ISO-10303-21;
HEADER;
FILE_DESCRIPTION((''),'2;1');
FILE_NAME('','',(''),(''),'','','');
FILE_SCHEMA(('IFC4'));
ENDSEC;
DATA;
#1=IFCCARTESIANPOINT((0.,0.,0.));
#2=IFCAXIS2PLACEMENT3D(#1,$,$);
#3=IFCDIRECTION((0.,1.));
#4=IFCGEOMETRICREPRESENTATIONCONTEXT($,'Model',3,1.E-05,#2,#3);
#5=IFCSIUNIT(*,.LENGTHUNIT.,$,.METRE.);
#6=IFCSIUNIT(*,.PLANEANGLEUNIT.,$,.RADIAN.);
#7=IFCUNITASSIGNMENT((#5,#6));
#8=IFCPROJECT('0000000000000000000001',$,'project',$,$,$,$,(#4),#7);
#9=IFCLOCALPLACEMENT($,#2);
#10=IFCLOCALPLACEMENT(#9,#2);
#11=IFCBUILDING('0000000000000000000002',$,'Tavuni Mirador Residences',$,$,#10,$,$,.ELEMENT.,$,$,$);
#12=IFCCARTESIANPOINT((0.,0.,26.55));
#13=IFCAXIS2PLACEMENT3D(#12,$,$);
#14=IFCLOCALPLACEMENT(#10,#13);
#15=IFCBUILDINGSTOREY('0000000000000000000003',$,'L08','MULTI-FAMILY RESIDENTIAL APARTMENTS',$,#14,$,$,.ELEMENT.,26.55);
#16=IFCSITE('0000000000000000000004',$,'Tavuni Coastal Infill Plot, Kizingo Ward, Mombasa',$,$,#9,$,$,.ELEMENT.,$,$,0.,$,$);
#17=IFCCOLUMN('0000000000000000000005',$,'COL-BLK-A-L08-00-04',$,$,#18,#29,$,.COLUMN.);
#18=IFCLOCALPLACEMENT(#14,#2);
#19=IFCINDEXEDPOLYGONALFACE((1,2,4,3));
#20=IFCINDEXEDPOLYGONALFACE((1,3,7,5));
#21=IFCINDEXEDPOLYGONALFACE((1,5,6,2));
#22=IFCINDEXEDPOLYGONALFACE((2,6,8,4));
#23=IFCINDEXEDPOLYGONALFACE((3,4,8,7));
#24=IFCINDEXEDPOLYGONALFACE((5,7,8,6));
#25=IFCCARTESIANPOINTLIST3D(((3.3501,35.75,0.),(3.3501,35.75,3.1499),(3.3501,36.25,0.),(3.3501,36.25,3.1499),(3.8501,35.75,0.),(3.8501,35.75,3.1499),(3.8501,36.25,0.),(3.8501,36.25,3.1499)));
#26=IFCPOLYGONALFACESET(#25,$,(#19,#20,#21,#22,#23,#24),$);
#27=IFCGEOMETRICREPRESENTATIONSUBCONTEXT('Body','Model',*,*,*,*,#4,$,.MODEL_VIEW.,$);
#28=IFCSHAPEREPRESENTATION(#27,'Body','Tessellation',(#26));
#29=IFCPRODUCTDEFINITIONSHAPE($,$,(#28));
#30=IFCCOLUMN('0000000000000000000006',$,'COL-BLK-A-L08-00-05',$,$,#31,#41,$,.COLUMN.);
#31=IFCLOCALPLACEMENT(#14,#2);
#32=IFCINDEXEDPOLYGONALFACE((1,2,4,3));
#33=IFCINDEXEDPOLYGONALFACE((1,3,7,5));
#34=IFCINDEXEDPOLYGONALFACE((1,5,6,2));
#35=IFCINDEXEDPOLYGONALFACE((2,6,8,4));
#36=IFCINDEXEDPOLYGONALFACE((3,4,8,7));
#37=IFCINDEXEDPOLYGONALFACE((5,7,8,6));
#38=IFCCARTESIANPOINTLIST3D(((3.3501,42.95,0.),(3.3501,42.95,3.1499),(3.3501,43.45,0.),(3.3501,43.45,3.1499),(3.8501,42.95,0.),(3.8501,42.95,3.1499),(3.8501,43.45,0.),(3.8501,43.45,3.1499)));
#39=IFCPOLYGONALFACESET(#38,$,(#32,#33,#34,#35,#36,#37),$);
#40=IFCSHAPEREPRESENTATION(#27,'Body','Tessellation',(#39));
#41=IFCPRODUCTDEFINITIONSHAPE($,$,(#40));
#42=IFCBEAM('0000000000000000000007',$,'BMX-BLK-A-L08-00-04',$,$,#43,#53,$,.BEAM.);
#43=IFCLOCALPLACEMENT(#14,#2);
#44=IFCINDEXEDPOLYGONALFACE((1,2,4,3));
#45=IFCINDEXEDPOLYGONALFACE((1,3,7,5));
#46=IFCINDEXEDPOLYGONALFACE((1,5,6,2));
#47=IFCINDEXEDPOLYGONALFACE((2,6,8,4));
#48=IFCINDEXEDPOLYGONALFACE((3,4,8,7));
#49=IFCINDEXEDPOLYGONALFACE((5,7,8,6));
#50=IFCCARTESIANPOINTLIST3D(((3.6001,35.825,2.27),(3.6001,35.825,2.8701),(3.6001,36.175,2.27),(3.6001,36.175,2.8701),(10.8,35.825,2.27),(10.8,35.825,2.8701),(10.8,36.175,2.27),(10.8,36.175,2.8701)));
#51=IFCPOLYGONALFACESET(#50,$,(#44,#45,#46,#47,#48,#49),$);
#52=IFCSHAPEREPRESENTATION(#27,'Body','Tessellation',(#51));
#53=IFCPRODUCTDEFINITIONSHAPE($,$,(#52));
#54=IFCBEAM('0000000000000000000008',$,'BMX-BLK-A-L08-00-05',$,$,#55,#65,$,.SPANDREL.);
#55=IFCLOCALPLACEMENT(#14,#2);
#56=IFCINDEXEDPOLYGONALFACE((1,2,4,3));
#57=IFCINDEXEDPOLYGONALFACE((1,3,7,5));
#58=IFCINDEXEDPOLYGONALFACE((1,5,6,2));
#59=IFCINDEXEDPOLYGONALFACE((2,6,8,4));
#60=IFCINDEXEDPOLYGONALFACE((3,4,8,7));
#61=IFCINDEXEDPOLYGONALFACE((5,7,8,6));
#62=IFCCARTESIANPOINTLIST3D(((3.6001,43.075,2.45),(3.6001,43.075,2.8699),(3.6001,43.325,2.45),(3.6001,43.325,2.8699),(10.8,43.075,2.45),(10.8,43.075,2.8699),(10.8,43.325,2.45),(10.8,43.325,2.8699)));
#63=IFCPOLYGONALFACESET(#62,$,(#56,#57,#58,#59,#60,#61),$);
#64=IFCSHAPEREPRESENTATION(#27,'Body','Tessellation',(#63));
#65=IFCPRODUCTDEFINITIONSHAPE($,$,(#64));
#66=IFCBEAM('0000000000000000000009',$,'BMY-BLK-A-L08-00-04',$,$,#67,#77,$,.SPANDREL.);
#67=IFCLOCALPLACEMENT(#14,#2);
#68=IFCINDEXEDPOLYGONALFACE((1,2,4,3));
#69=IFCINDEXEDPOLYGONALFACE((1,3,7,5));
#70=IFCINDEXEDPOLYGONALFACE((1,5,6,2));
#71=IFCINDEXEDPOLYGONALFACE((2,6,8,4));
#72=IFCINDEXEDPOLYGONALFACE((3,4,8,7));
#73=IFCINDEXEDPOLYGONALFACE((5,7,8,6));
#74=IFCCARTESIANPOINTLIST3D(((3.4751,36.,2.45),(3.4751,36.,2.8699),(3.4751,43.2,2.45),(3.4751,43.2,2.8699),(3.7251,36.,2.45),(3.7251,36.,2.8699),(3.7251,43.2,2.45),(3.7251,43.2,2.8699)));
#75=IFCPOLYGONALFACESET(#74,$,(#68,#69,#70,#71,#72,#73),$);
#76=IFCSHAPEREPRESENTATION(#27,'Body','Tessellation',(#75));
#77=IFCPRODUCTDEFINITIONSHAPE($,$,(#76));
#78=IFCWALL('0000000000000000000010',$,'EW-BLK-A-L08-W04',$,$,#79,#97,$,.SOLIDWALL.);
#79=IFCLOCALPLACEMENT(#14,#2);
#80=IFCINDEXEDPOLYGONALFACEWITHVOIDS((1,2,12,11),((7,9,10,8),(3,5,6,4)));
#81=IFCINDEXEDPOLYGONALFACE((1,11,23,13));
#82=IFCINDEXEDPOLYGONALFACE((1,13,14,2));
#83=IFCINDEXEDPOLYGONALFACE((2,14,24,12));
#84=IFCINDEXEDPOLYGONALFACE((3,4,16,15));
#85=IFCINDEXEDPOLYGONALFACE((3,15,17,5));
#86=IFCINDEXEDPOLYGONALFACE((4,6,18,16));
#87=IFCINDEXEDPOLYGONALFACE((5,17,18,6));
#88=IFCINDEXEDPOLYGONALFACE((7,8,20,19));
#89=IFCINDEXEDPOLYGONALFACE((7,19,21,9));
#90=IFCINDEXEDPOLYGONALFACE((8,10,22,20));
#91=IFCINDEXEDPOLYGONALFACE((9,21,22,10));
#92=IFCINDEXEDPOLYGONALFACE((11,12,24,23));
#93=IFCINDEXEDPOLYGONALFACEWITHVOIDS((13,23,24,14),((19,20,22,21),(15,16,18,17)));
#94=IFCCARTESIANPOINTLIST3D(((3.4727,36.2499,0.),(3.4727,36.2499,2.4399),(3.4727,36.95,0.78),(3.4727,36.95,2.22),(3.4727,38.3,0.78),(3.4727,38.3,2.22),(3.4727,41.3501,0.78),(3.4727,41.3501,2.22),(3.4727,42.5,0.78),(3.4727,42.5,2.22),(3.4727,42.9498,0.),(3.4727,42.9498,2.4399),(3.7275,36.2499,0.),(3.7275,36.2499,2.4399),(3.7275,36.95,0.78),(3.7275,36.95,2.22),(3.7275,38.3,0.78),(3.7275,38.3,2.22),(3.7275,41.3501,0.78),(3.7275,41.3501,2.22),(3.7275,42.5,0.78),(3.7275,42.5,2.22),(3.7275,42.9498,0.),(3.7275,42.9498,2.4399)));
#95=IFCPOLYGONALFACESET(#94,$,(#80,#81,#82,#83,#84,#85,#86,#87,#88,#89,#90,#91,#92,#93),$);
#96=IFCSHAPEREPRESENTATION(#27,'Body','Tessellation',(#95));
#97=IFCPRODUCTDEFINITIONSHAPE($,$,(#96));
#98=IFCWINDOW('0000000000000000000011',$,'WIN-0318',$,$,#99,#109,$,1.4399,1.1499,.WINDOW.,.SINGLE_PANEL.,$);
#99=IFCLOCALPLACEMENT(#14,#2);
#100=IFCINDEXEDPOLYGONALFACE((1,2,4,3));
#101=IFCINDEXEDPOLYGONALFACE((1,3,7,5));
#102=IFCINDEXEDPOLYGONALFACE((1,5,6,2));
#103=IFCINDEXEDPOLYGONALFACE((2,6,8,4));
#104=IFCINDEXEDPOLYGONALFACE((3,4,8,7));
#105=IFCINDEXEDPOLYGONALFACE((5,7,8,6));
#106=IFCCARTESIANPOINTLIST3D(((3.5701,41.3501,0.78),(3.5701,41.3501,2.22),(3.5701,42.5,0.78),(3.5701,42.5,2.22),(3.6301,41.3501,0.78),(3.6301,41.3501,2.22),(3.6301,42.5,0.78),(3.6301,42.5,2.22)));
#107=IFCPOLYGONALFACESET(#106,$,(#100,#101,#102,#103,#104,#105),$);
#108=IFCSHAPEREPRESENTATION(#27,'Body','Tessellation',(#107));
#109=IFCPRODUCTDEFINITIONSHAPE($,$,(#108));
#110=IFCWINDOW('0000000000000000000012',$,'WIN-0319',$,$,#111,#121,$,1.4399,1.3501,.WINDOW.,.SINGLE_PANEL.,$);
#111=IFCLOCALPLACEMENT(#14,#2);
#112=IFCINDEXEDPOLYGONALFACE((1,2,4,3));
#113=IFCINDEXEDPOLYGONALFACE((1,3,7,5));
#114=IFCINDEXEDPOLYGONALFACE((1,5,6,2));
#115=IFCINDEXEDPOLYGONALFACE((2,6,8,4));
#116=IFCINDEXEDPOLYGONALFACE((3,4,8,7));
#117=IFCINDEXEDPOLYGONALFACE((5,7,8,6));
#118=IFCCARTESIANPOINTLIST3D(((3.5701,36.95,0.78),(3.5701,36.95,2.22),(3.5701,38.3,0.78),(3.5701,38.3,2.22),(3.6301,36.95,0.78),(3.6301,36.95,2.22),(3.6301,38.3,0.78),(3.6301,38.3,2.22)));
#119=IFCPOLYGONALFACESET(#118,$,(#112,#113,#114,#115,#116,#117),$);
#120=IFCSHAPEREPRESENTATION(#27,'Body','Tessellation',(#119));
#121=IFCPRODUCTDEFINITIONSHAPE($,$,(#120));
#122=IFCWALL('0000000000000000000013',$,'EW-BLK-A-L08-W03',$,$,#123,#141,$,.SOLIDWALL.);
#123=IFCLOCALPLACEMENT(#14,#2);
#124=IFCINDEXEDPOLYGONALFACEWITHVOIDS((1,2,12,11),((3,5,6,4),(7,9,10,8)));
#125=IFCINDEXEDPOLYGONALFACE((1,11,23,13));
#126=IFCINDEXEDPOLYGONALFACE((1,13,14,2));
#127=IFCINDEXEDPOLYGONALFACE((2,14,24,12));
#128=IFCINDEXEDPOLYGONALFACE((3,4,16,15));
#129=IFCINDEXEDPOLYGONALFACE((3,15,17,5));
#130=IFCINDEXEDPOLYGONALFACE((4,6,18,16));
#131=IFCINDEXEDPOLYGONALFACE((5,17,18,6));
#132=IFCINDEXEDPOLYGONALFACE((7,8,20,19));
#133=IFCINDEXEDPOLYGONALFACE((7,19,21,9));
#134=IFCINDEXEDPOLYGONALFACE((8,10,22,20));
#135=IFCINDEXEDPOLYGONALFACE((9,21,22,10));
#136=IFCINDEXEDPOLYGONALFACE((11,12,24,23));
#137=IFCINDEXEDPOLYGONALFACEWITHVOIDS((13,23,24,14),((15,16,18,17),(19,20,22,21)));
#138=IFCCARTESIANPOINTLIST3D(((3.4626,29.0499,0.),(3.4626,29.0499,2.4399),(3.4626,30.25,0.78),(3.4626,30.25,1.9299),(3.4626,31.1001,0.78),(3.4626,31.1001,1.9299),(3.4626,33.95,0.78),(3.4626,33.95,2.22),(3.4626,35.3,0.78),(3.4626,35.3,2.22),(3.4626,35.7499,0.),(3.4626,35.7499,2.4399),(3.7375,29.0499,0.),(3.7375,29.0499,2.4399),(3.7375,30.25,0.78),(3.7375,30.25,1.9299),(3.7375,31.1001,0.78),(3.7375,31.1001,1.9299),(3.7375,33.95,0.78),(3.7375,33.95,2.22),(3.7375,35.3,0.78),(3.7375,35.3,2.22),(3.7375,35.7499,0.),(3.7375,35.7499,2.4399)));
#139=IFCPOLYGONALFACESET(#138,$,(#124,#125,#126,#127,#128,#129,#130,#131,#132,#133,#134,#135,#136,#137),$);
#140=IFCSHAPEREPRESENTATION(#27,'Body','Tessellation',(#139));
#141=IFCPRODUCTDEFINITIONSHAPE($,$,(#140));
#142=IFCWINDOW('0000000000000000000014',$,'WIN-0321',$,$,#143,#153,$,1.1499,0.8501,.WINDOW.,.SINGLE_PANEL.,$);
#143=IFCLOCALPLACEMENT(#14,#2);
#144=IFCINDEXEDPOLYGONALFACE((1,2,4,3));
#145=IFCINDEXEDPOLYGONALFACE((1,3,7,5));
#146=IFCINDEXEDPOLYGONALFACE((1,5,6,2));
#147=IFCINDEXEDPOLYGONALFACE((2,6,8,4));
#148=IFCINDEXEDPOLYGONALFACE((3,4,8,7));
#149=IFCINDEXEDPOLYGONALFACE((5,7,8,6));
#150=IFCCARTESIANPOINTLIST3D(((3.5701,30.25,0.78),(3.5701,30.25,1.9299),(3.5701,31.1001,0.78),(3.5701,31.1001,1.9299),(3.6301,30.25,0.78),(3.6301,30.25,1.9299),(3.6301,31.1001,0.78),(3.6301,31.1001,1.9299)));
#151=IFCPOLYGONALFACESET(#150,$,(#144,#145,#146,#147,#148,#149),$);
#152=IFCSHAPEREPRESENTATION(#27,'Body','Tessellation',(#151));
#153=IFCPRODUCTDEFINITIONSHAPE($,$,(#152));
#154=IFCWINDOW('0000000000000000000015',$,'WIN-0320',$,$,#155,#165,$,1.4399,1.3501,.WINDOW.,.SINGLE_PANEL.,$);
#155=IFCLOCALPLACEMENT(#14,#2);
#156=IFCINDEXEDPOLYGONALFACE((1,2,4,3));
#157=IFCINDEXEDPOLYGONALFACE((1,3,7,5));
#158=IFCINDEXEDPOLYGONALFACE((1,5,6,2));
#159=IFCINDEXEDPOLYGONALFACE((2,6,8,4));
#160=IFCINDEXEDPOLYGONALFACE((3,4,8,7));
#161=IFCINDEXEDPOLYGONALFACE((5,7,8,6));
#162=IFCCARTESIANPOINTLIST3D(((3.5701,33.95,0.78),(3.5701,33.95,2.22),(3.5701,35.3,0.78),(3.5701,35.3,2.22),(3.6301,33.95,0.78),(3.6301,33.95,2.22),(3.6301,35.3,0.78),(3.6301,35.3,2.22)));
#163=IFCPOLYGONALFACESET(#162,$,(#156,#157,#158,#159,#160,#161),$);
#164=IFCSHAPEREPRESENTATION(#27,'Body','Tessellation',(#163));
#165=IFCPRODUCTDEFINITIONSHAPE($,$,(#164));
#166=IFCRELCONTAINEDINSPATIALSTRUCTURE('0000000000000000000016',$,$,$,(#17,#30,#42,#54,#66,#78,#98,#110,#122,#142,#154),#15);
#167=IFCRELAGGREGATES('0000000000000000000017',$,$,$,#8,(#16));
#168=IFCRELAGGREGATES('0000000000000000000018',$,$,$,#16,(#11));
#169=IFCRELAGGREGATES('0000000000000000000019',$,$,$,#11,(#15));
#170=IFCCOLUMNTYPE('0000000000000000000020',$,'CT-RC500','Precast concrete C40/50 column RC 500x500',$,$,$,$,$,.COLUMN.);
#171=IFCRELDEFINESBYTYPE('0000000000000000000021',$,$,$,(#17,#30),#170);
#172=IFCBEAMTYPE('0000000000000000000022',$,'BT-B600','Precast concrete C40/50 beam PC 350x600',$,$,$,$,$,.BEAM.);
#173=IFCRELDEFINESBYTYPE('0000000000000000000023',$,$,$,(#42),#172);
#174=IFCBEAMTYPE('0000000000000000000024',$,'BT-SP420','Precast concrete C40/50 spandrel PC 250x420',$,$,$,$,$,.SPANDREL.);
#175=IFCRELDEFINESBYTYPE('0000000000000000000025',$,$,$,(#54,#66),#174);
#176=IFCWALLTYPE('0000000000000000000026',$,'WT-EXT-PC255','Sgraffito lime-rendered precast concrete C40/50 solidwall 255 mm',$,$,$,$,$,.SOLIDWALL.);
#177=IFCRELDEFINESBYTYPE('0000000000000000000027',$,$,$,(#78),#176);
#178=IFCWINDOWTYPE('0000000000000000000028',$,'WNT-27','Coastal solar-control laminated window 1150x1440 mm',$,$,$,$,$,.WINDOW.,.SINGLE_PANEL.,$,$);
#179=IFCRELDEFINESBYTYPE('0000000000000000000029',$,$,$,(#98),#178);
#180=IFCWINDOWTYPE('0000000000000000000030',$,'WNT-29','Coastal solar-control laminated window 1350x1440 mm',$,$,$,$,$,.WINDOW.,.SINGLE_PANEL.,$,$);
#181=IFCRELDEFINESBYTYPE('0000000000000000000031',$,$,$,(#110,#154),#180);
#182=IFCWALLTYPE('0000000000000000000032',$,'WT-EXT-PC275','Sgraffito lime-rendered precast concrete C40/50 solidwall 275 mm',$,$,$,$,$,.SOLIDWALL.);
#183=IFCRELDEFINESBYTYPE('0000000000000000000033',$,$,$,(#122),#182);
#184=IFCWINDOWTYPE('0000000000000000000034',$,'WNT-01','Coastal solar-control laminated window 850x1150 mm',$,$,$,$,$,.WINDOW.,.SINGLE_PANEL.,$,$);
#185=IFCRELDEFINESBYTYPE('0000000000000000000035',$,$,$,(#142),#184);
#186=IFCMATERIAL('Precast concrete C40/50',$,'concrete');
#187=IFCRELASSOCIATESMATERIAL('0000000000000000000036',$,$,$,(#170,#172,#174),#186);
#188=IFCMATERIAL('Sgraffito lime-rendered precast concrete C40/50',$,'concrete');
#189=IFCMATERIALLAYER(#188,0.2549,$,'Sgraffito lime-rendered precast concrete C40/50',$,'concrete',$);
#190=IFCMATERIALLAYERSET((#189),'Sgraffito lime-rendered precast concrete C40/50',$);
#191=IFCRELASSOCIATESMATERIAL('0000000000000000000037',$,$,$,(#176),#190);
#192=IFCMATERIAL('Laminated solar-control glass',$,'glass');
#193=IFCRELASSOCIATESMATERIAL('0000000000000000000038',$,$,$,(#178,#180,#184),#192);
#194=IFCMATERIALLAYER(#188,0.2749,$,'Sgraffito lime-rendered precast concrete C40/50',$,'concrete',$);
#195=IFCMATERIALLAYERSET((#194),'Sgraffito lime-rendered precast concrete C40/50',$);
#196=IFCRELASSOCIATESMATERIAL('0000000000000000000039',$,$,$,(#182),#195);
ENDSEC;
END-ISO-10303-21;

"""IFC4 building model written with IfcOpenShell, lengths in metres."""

from ifc_helpers import new_model, si_unit, direction, frame, frame_2d, origin, origin_2d, place, context, subcontext, project, spatial, rectangle, extrude, material, layer, layer_set, material_profile, profile_set, type_object, element, fill, save


model = new_model("IFC4")

# Units and contexts
model_context = context("Model", 3, precision=1e-05, world=origin(), true_north=direction((0.0, 1.0)))
body_context = subcontext(model_context, "Body", "Model", "MODEL_VIEW")
ifc_project = project(units=[si_unit("LENGTHUNIT", "METRE"), si_unit("PLANEANGLEUNIT", "RADIAN")], contexts=[model_context])

# Site, building, storey
site_placement = place(None, origin())
site = spatial("IfcSite", under=ifc_project, at=site_placement, Name="Tavuni Coastal Infill Plot, Kizingo Ward, Mombasa", CompositionType="ELEMENT", RefElevation=0.0)
building_placement = place(site_placement, origin())
building = spatial("IfcBuilding", under=site, at=building_placement, Name="Tavuni Mirador Residences", CompositionType="ELEMENT")
storey_placement = place(building_placement, frame((0.0, 0.0, 26.55)))
storey = spatial("IfcBuildingStorey", under=building, at=storey_placement, Name="L08", Description="MULTI-FAMILY RESIDENTIAL APARTMENTS", CompositionType="ELEMENT", Elevation=26.55)

# Columns
ifc_material_1 = material(Name="Precast concrete C40/50", Category="concrete")
ifc_material_profile_1 = material_profile(ifc_material_1, rectangle(XDim=0.5, YDim=0.5, at=origin_2d()), Name="RC 500x500", Category="concrete")
ifc_profile_set_1 = profile_set([ifc_material_profile_1], Name="Precast concrete C40/50")
column_type = type_object("IfcColumnType", Name="CT-RC500", Description="Precast concrete C40/50 column RC 500x500", PredefinedType="COLUMN", material=ifc_profile_set_1)
for number, where, z_axis, x_axis, name in (
    (1, (3.6001, 36.0, 0.0), (0.0, 0.0, 1.0), (1.0, 0.0, 0.0), "COL-BLK-A-L08-00-04"),
    (2, (3.6001, 43.2, 0.0), (0.0, 0.0, 1.0), (1.0, 0.0, 0.0), "COL-BLK-A-L08-00-05"),
):
    element("IfcColumn", number, at=place(storey_placement, frame(where, z_axis=z_axis, x_axis=x_axis)), inside=storey, type_object=column_type, Name=name, PredefinedType="COLUMN", context=body_context, shape_type="SweptSolid", body=[
        extrude(rectangle(XDim=0.5, YDim=0.5, at=origin_2d()), origin(), (0.0, 0.0, 1.0), 3.1499),
    ])

# Beams
ifc_material_profile_2 = material_profile(ifc_material_1, rectangle(XDim=0.3501, YDim=0.6001, at=origin_2d()), Name="PC 350x600", Category="concrete")
ifc_profile_set_2 = profile_set([ifc_material_profile_2], Name="Precast concrete C40/50")
beam_type_1 = type_object("IfcBeamType", Name="BT-B600", Description="Precast concrete C40/50 beam PC 350x600", PredefinedType="BEAM", material=ifc_profile_set_2)
beam_placement = place(storey_placement, frame((3.6001, 36.0, 2.5701), z_axis=(1.0, 0.0, 0.0), x_axis=(0.0, 1.0, 0.0)))
element("IfcBeam", 3, at=beam_placement, inside=storey, type_object=beam_type_1, Name="BMX-BLK-A-L08-00-04", PredefinedType="BEAM", context=body_context, shape_type="SweptSolid", body=[
    extrude(rectangle(XDim=0.3501, YDim=0.6001, at=origin_2d()), origin(), (0.0, 0.0, 1.0), 7.2),
])
ifc_material_profile_3 = material_profile(ifc_material_1, rectangle(XDim=0.25, YDim=0.4199, at=origin_2d()), Name="PC 250x420", Category="concrete")
ifc_profile_set_3 = profile_set([ifc_material_profile_3], Name="Precast concrete C40/50")
beam_type_2 = type_object("IfcBeamType", Name="BT-SP420", Description="Precast concrete C40/50 spandrel PC 250x420", PredefinedType="SPANDREL", material=ifc_profile_set_3)
for number, where, z_axis, x_axis, name in (
    (4, (3.6001, 43.2, 2.6599), (1.0, 0.0, 0.0), (0.0, 1.0, 0.0), "BMX-BLK-A-L08-00-05"),
    (5, (3.6001, 36.0, 2.6599), (0.0, 1.0, 0.0), (-1.0, 0.0, 0.0), "BMY-BLK-A-L08-00-04"),
):
    element("IfcBeam", number, at=place(storey_placement, frame(where, z_axis=z_axis, x_axis=x_axis)), inside=storey, type_object=beam_type_2, Name=name, PredefinedType="SPANDREL", context=body_context, shape_type="SweptSolid", body=[
        extrude(rectangle(XDim=0.25, YDim=0.4199, at=origin_2d()), origin(), (0.0, 0.0, 1.0), 7.2),
    ])

# Walls, openings, windows
ifc_material_2 = material(Name="Sgraffito lime-rendered precast concrete C40/50", Category="concrete")
ifc_layer_1 = layer(ifc_material_2, 0.2549, Name="Sgraffito lime-rendered precast concrete C40/50", Category="concrete")
ifc_layer_set_1 = layer_set([ifc_layer_1], Name="Sgraffito lime-rendered precast concrete C40/50")
wall_type_1 = type_object("IfcWallType", Name="WT-EXT-PC255", Description="Sgraffito lime-rendered precast concrete C40/50 solidwall 255 mm", PredefinedType="SOLIDWALL", material=ifc_layer_set_1)
wall_1_placement = place(storey_placement, frame((3.6001, 42.95, 0.0), z_axis=(0.0, 0.0, 1.0), x_axis=(0.0, -1.0, 0.0)))
wall_1 = element("IfcWall", 6, at=wall_1_placement, inside=storey, type_object=wall_type_1, Name="EW-BLK-A-L08-W04", PredefinedType="SOLIDWALL", context=body_context, shape_type="SweptSolid", body=[
    extrude(rectangle(XDim=6.7, YDim=0.2549, at=frame_2d((3.3501, 0.0))), origin(), (0.0, 0.0, 1.0), 2.4399),
])
opening_1_placement = place(wall_1_placement, frame((0.45, 0.0, 0.78)))
opening_1 = element("IfcOpeningElement", 7, at=opening_1_placement, cuts=wall_1, PredefinedType="OPENING", context=body_context, shape_type="SweptSolid", body=[
    extrude(rectangle(XDim=1.1499, YDim=1.4399, at=frame_2d((0.575, 0.72))), frame((0.0, 0.1375, 0.0), z_axis=(0.0, -1.0, 0.0), x_axis=(1.0, 0.0, 0.0)), (0.0, 0.0, 1.0), 0.2749),
])
opening_2_placement = place(wall_1_placement, frame((4.6499, 0.0, 0.78)))
opening_2 = element("IfcOpeningElement", 8, at=opening_2_placement, cuts=wall_1, PredefinedType="OPENING", context=body_context, shape_type="SweptSolid", body=[
    extrude(rectangle(XDim=1.3501, YDim=1.4399, at=frame_2d((0.675, 0.72))), frame((0.0, 0.1375, 0.0), z_axis=(0.0, -1.0, 0.0), x_axis=(1.0, 0.0, 0.0)), (0.0, 0.0, 1.0), 0.2749),
])
ifc_material_3 = material(Name="Laminated solar-control glass", Category="glass")
window_type_1 = type_object("IfcWindowType", Name="WNT-27", Description="Coastal solar-control laminated window 1150x1440 mm", PartitioningType="SINGLE_PANEL", PredefinedType="WINDOW", material=ifc_material_3)
window_1_placement = place(opening_1_placement, origin())
window_1 = element("IfcWindow", 9, at=window_1_placement, inside=storey, type_object=window_type_1, Name="WIN-0318", OverallHeight=1.4399, OverallWidth=1.1499, PartitioningType="SINGLE_PANEL", PredefinedType="WINDOW", context=body_context, shape_type="SweptSolid", body=[
    extrude(rectangle(XDim=1.1499, YDim=1.4399, at=frame_2d((0.575, 0.72))), frame((0.0, 0.03, 0.0), z_axis=(0.0, -1.0, 0.0), x_axis=(1.0, 0.0, 0.0)), (0.0, 0.0, 1.0), 0.0601),
])
fill(opening_1, window_1)
window_type_2 = type_object("IfcWindowType", Name="WNT-29", Description="Coastal solar-control laminated window 1350x1440 mm", PartitioningType="SINGLE_PANEL", PredefinedType="WINDOW", material=ifc_material_3)
window_2_placement = place(opening_2_placement, origin())
window_2 = element("IfcWindow", 10, at=window_2_placement, inside=storey, type_object=window_type_2, Name="WIN-0319", OverallHeight=1.4399, OverallWidth=1.3501, PartitioningType="SINGLE_PANEL", PredefinedType="WINDOW", context=body_context, shape_type="SweptSolid", body=[
    extrude(rectangle(XDim=1.3501, YDim=1.4399, at=frame_2d((0.675, 0.72))), frame((0.0, 0.03, 0.0), z_axis=(0.0, -1.0, 0.0), x_axis=(1.0, 0.0, 0.0)), (0.0, 0.0, 1.0), 0.0601),
])
fill(opening_2, window_2)
ifc_layer_2 = layer(ifc_material_2, 0.2749, Name="Sgraffito lime-rendered precast concrete C40/50", Category="concrete")
ifc_layer_set_2 = layer_set([ifc_layer_2], Name="Sgraffito lime-rendered precast concrete C40/50")
wall_type_2 = type_object("IfcWallType", Name="WT-EXT-PC275", Description="Sgraffito lime-rendered precast concrete C40/50 solidwall 275 mm", PredefinedType="SOLIDWALL", material=ifc_layer_set_2)
wall_2_placement = place(storey_placement, frame((3.6001, 35.75, 0.0), z_axis=(0.0, 0.0, 1.0), x_axis=(0.0, -1.0, 0.0)))
wall_2 = element("IfcWall", 11, at=wall_2_placement, inside=storey, type_object=wall_type_2, Name="EW-BLK-A-L08-W03", PredefinedType="SOLIDWALL", context=body_context, shape_type="SweptSolid", body=[
    extrude(rectangle(XDim=6.7, YDim=0.2749, at=frame_2d((3.3501, 0.0))), origin(), (0.0, 0.0, 1.0), 2.4399),
])
opening_3_placement = place(wall_2_placement, frame((0.45, 0.0, 0.78)))
opening_3 = element("IfcOpeningElement", 12, at=opening_3_placement, cuts=wall_2, PredefinedType="OPENING", context=body_context, shape_type="SweptSolid", body=[
    extrude(rectangle(XDim=1.3501, YDim=1.4399, at=frame_2d((0.675, 0.72))), frame((0.0, 0.1475, 0.0), z_axis=(0.0, -1.0, 0.0), x_axis=(1.0, 0.0, 0.0)), (0.0, 0.0, 1.0), 0.2949),
])
opening_4_placement = place(wall_2_placement, frame((4.6499, 0.0, 0.78)))
opening_4 = element("IfcOpeningElement", 13, at=opening_4_placement, cuts=wall_2, PredefinedType="OPENING", context=body_context, shape_type="SweptSolid", body=[
    extrude(rectangle(XDim=0.8501, YDim=1.1499, at=frame_2d((0.425, 0.575))), frame((0.0, 0.1475, 0.0), z_axis=(0.0, -1.0, 0.0), x_axis=(1.0, 0.0, 0.0)), (0.0, 0.0, 1.0), 0.2949),
])
window_type_3 = type_object("IfcWindowType", Name="WNT-01", Description="Coastal solar-control laminated window 850x1150 mm", PartitioningType="SINGLE_PANEL", PredefinedType="WINDOW", material=ifc_material_3)
window_3_placement = place(opening_4_placement, origin())
window_3 = element("IfcWindow", 14, at=window_3_placement, inside=storey, type_object=window_type_3, Name="WIN-0321", OverallHeight=1.1499, OverallWidth=0.8501, PartitioningType="SINGLE_PANEL", PredefinedType="WINDOW", context=body_context, shape_type="SweptSolid", body=[
    extrude(rectangle(XDim=0.8501, YDim=1.1499, at=frame_2d((0.425, 0.575))), frame((0.0, 0.03, 0.0), z_axis=(0.0, -1.0, 0.0), x_axis=(1.0, 0.0, 0.0)), (0.0, 0.0, 1.0), 0.0601),
])
fill(opening_4, window_3)
window_4_placement = place(opening_3_placement, origin())
window_4 = element("IfcWindow", 15, at=window_4_placement, inside=storey, type_object=window_type_2, Name="WIN-0320", OverallHeight=1.4399, OverallWidth=1.3501, PartitioningType="SINGLE_PANEL", PredefinedType="WINDOW", context=body_context, shape_type="SweptSolid", body=[
    extrude(rectangle(XDim=1.3501, YDim=1.4399, at=frame_2d((0.675, 0.72))), frame((0.0, 0.03, 0.0), z_axis=(0.0, -1.0, 0.0), x_axis=(1.0, 0.0, 0.0)), (0.0, 0.0, 1.0), 0.0601),
])
fill(opening_3, window_4)

save(model, "model.ifc")
